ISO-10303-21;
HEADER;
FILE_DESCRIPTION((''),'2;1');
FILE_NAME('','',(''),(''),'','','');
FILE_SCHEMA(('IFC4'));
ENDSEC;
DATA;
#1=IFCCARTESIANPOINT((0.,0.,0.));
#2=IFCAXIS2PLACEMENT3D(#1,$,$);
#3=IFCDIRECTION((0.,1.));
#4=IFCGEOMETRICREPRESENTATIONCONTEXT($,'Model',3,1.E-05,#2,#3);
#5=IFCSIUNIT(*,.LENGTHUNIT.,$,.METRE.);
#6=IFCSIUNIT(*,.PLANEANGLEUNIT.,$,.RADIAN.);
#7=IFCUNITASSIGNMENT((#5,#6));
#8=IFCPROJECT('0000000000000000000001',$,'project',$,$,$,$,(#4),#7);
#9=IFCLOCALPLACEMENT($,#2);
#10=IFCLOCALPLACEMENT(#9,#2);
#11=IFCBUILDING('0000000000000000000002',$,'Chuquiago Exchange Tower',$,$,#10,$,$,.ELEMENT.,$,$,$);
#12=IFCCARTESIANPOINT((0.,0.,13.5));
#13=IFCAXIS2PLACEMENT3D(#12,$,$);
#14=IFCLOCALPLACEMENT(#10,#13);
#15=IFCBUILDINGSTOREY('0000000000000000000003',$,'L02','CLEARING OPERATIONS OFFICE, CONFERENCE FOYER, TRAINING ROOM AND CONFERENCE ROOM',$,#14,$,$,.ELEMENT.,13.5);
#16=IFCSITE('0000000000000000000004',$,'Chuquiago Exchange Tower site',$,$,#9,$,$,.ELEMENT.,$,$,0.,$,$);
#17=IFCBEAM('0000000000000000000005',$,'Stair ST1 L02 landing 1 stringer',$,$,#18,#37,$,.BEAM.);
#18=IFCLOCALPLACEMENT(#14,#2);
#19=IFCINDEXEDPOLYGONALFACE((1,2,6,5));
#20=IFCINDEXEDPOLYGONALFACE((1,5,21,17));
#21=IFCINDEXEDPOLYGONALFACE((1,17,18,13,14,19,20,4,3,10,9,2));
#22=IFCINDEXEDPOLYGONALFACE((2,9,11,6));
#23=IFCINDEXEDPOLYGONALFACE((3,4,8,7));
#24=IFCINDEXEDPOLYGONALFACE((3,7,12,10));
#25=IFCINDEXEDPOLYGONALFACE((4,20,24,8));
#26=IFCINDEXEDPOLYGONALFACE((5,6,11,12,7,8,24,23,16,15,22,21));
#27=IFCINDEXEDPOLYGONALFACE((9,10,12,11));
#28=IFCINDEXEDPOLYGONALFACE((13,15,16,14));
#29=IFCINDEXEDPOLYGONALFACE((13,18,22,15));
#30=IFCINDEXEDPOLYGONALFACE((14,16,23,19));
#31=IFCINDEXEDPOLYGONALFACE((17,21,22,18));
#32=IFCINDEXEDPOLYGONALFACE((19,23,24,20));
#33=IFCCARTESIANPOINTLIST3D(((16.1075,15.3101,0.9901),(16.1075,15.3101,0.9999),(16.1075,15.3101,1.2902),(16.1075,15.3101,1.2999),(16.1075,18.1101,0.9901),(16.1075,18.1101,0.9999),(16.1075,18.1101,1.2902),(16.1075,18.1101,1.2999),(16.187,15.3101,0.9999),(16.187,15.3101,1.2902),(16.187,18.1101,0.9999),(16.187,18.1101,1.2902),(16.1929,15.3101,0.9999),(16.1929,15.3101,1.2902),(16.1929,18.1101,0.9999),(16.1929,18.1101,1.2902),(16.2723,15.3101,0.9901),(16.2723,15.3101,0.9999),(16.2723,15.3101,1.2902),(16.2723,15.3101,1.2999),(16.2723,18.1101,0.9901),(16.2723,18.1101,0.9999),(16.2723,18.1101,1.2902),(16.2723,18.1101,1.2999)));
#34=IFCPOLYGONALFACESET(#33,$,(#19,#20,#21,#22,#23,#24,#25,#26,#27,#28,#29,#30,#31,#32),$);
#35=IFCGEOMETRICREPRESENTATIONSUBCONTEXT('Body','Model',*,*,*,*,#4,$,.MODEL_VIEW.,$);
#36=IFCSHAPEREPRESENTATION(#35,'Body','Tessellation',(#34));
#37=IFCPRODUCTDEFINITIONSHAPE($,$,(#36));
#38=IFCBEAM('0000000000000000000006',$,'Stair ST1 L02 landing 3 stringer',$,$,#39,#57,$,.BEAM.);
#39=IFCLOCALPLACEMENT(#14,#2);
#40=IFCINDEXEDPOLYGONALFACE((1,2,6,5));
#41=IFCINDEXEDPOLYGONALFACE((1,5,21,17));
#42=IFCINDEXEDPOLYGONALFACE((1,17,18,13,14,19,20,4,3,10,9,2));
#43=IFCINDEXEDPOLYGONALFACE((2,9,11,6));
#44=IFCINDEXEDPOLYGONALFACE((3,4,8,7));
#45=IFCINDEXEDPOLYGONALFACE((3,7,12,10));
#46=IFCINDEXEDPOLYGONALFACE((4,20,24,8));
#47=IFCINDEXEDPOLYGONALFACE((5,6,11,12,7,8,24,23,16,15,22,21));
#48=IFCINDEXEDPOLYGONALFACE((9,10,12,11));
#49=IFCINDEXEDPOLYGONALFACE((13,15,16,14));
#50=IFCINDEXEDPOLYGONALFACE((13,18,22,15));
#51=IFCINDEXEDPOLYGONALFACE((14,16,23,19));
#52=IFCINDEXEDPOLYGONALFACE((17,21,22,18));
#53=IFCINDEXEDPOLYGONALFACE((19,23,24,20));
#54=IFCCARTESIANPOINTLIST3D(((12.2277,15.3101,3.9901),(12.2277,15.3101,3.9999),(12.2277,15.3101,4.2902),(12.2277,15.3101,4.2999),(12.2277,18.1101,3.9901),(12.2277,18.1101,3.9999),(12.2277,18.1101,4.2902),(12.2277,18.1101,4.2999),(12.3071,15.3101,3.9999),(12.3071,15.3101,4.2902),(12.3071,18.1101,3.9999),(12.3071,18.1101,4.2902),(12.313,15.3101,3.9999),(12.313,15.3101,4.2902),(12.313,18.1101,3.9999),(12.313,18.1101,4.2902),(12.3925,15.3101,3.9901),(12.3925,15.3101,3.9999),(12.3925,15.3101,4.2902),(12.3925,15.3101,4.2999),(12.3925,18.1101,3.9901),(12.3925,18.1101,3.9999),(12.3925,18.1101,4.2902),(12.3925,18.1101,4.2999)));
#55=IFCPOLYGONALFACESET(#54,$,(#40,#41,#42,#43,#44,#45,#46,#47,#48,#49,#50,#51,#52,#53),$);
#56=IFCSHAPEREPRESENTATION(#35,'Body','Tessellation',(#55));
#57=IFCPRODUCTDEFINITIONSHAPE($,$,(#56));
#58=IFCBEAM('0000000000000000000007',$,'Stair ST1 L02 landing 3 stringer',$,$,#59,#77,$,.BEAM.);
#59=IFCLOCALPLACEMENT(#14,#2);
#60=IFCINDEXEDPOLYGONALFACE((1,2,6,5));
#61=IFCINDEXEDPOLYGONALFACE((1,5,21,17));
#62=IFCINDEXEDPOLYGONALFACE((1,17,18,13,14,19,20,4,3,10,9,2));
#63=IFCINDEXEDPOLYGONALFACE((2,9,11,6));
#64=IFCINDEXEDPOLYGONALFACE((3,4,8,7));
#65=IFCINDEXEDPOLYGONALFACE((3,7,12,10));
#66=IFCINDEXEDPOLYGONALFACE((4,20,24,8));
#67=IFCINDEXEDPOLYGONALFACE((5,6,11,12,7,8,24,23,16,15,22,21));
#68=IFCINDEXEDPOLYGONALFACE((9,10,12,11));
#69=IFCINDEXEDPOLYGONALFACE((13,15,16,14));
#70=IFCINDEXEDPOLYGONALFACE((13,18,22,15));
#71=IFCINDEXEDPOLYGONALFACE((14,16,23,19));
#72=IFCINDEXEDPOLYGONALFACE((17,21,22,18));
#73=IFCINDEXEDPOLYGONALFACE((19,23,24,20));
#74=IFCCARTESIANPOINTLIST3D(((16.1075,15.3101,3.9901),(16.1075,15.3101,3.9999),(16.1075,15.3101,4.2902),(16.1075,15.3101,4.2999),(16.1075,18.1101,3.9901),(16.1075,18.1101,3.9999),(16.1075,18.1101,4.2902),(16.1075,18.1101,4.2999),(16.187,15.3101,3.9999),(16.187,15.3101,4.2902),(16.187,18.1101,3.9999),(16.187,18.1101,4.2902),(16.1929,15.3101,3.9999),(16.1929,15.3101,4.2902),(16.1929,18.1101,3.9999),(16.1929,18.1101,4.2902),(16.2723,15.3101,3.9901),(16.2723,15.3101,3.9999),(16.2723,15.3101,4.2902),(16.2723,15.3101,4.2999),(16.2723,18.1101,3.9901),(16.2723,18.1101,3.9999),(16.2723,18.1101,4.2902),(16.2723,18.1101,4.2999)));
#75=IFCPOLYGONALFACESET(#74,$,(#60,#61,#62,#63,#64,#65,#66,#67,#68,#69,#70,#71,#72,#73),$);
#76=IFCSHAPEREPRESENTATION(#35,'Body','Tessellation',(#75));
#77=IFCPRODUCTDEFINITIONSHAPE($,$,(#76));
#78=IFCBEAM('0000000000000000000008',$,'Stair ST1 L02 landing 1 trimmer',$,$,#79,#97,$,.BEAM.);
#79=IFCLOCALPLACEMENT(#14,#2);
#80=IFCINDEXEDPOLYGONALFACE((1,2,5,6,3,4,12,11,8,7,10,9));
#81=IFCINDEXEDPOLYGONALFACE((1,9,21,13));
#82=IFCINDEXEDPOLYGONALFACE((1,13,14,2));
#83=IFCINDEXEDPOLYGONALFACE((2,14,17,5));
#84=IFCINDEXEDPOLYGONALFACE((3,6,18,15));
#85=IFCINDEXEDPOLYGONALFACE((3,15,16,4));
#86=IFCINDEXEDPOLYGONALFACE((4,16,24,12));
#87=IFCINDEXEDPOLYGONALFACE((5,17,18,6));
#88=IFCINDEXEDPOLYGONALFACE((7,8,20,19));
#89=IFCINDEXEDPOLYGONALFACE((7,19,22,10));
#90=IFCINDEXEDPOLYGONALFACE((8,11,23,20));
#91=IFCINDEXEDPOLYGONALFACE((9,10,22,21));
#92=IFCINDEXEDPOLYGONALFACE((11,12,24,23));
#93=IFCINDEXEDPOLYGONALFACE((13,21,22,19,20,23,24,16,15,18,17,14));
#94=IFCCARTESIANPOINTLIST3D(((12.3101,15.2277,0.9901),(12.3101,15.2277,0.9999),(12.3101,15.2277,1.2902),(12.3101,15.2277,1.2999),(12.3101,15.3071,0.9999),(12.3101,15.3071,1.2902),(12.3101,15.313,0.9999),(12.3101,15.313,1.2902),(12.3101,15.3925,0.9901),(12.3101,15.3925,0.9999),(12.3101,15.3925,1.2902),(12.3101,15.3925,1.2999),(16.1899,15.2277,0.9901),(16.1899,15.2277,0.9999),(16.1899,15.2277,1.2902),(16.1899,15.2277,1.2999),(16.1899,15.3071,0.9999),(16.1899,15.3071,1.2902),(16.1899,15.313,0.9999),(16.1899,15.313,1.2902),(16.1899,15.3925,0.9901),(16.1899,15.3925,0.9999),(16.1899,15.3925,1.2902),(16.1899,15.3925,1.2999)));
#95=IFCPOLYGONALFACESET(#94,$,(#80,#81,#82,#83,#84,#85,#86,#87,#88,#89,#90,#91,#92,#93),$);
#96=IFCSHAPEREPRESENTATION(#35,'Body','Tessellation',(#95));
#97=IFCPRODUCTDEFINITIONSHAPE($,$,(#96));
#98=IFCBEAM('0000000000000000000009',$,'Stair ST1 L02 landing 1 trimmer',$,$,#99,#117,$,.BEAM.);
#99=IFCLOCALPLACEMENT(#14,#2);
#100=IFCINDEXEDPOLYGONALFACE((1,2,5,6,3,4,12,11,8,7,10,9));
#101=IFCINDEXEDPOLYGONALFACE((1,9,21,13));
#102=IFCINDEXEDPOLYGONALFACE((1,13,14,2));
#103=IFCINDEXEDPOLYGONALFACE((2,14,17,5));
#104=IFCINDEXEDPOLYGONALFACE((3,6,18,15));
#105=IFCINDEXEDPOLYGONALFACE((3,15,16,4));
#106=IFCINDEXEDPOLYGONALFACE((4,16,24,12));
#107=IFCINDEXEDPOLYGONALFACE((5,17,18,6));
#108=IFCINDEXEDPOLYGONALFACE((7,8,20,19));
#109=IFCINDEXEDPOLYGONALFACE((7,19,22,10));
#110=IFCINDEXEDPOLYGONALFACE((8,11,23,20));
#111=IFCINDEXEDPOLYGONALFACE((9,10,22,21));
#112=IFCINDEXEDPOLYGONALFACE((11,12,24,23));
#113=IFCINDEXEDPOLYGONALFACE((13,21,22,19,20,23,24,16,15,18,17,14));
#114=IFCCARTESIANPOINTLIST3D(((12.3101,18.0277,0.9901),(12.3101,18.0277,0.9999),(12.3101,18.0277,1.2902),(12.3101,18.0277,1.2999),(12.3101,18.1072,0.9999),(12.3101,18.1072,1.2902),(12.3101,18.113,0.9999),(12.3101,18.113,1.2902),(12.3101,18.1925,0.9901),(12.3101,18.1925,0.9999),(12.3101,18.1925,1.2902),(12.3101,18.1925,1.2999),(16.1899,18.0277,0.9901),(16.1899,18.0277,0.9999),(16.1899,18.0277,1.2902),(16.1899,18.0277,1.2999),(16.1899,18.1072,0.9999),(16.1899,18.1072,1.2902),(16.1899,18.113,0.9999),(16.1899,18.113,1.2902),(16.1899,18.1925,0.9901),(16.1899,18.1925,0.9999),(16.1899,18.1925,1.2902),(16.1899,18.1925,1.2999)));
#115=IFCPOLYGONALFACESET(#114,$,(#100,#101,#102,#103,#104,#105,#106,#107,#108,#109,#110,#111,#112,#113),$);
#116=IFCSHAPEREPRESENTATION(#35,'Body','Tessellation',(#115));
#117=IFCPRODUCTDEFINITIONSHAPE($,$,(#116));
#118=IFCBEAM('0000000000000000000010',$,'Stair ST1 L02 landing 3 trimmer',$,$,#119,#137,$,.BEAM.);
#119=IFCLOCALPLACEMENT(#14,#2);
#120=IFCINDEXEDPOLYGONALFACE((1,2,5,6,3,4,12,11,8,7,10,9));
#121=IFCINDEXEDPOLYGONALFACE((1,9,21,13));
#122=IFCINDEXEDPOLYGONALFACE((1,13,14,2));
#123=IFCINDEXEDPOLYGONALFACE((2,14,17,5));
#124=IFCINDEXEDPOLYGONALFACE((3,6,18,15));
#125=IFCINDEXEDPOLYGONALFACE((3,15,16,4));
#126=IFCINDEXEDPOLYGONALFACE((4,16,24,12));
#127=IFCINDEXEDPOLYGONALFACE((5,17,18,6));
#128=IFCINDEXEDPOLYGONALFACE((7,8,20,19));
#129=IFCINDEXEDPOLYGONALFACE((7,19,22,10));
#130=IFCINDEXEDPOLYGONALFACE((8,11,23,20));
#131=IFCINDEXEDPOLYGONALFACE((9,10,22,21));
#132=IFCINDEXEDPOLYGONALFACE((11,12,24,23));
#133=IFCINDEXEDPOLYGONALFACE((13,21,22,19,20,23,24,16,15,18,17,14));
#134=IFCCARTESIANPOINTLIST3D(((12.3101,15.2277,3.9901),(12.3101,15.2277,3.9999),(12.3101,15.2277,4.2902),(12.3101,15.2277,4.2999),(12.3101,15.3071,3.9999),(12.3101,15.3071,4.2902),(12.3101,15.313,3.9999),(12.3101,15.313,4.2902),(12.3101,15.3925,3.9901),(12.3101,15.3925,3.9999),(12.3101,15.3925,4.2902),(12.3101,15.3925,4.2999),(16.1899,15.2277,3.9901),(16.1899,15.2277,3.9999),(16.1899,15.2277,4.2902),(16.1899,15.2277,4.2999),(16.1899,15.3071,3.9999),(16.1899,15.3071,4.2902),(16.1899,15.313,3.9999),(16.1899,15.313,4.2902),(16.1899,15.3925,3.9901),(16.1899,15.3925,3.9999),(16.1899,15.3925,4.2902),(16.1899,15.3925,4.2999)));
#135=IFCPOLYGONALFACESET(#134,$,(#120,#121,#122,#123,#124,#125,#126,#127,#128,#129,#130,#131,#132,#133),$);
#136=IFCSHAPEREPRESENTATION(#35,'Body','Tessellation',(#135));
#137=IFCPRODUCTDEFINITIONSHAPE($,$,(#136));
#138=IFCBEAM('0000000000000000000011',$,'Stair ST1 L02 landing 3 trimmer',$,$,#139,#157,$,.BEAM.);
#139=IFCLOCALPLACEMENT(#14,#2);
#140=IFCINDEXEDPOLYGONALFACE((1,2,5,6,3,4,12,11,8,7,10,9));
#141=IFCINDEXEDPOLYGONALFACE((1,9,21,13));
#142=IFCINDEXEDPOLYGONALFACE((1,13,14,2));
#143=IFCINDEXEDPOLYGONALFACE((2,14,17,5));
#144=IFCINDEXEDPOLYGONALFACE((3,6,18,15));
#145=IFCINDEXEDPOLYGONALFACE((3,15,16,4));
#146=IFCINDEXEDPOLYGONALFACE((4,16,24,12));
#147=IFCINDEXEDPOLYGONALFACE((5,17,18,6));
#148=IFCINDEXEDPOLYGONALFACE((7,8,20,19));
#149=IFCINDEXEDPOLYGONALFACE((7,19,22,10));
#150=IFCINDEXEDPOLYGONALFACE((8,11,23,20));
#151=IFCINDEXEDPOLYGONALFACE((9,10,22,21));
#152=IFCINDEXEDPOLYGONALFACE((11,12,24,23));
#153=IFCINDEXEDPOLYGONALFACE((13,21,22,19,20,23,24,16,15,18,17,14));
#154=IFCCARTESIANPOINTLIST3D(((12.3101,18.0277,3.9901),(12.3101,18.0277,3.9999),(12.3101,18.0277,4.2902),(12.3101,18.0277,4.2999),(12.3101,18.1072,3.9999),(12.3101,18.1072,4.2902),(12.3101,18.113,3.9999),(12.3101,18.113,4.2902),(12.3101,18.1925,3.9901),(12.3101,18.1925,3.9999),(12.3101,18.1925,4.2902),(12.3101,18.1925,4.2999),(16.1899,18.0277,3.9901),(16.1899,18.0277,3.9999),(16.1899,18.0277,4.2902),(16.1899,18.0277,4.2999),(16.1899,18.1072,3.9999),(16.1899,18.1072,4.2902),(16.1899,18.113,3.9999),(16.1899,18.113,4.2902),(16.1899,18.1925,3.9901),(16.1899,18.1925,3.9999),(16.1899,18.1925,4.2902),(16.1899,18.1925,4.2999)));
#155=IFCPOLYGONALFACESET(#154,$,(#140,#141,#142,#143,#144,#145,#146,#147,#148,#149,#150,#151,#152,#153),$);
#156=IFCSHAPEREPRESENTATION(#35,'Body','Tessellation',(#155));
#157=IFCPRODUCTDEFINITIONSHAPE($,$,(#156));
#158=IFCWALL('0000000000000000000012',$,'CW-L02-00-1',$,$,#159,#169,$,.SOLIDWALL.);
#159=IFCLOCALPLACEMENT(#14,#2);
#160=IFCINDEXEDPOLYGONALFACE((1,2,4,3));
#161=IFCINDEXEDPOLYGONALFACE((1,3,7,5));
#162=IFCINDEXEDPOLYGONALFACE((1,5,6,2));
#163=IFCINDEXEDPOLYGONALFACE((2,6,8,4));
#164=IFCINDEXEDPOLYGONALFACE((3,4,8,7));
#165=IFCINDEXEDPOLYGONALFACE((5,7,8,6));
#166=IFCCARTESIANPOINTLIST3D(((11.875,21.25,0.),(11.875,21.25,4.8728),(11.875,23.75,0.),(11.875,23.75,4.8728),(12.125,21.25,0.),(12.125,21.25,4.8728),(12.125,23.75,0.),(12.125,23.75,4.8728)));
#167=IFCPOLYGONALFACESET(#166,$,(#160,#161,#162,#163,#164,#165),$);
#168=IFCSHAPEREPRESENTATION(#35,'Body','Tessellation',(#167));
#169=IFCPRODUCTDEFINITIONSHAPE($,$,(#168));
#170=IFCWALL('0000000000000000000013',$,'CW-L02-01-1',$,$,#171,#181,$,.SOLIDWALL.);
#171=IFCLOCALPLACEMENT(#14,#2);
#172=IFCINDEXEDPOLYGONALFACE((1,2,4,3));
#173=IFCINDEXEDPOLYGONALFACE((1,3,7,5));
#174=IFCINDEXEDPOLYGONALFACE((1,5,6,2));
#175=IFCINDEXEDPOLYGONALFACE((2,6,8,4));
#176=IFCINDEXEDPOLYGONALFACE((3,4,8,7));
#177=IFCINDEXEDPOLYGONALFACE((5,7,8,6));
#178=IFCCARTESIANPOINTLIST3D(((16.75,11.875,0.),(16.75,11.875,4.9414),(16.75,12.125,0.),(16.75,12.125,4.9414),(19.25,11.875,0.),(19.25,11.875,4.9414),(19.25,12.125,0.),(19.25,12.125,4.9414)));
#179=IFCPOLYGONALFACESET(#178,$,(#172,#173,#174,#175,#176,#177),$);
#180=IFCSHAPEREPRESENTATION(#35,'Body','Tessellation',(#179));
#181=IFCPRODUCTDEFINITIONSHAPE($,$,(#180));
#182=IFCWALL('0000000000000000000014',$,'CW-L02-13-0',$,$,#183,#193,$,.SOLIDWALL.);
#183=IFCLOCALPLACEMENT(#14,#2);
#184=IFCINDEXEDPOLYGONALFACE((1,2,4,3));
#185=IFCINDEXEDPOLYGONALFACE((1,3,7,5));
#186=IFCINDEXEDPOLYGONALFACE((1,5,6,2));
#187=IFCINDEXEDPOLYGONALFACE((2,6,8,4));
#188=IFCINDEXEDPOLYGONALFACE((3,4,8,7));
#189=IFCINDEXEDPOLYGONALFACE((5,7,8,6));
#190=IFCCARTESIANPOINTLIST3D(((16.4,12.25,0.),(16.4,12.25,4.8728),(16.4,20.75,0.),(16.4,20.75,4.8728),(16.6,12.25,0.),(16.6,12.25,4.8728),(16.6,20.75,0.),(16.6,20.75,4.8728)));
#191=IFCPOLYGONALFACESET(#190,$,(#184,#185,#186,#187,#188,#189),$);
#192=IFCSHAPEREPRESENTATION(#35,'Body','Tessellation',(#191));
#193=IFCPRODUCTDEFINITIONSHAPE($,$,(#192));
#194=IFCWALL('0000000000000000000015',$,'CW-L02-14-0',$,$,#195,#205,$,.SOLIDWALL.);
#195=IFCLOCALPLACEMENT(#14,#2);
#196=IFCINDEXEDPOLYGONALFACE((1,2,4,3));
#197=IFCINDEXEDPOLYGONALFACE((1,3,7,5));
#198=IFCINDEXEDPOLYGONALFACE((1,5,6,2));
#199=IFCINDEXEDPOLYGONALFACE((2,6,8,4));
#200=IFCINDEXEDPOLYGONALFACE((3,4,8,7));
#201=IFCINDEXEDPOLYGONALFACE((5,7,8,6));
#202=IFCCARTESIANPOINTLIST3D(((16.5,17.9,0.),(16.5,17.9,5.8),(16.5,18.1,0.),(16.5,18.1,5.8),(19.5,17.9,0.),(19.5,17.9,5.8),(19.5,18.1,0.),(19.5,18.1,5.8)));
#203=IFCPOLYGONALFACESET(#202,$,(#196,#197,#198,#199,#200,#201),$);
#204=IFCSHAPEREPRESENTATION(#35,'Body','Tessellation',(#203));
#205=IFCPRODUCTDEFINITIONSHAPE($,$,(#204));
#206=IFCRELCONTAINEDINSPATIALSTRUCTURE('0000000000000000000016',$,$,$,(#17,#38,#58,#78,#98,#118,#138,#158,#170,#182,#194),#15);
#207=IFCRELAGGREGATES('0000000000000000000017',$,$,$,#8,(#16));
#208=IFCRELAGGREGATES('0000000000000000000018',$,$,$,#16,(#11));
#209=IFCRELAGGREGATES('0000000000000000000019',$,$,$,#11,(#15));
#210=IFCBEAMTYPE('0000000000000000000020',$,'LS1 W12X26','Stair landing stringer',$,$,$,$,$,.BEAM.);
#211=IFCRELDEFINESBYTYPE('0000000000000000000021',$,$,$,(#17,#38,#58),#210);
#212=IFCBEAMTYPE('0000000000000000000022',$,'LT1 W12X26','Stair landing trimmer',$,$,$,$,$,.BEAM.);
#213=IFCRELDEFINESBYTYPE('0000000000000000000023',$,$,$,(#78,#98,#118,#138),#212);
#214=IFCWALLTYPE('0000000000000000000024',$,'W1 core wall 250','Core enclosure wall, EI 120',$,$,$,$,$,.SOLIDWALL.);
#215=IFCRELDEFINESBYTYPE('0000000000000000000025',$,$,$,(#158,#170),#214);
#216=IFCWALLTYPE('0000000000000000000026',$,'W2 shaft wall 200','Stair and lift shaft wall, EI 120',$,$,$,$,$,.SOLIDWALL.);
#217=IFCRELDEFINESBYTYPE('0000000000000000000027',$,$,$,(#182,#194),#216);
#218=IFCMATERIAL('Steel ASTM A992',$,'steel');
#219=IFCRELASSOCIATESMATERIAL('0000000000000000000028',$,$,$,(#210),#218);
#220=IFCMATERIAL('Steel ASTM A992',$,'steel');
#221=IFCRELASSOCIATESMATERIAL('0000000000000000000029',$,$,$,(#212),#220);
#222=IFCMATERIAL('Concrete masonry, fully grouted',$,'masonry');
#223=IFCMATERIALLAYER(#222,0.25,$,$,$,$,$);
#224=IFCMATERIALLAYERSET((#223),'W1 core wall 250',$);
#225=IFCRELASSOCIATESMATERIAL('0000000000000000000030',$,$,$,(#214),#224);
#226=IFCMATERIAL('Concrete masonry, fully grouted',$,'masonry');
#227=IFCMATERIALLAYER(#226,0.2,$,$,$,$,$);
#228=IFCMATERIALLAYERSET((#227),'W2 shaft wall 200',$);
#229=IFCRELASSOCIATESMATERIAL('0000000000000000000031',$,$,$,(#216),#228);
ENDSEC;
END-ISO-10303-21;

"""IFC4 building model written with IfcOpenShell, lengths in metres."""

from ifc_helpers import new_model, si_unit, direction, frame, frame_2d, origin, origin_2d, place, context, subcontext, project, spatial, rectangle, i_section, extrude, material, layer, layer_set, material_profile, profile_set, type_object, element, save


model = new_model("IFC4")

# Units and contexts
model_context = context("Model", 3, precision=1e-05, world=origin(), true_north=direction((0.0, 1.0)))
body_context = subcontext(model_context, "Body", "Model", "MODEL_VIEW")
ifc_project = project(units=[si_unit("LENGTHUNIT", "METRE"), si_unit("PLANEANGLEUNIT", "RADIAN")], contexts=[model_context])

# Site, building, storey
site_placement = place(None, origin())
site = spatial("IfcSite", under=ifc_project, at=site_placement, Name="Chuquiago Exchange Tower site", CompositionType="ELEMENT", RefElevation=0.0)
building_placement = place(site_placement, origin())
building = spatial("IfcBuilding", under=site, at=building_placement, Name="Chuquiago Exchange Tower", CompositionType="ELEMENT")
storey_placement = place(building_placement, frame((0.0, 0.0, 13.5)))
storey = spatial("IfcBuildingStorey", under=building, at=storey_placement, Name="L02", Description="CLEARING OPERATIONS OFFICE, CONFERENCE FOYER, TRAINING ROOM AND CONFERENCE ROOM", CompositionType="ELEMENT", Elevation=13.5)

# Beams
ifc_material_1 = material(Name="Steel ASTM A992", Category="steel")
ifc_material_profile_1 = material_profile(ifc_material_1, i_section(OverallWidth=0.1648, OverallDepth=0.3098, WebThickness=0.0059, FlangeThickness=0.0098, at=origin_2d()), Name="W12X26")
ifc_profile_set_1 = profile_set([ifc_material_profile_1], Name="Steel ASTM A992")
beam_type_1 = type_object("IfcBeamType", Name="LS1 W12X26", Description="Stair landing stringer", PredefinedType="BEAM", material=ifc_profile_set_1)
for number, where, z_axis, x_axis, name in (
    (1, (16.1899, 15.3101, 1.145), (0.0, 1.0, 0.0), (-1.0, 0.0, 0.0), "Stair ST1 L02 landing 1 stringer"),
    (2, (12.3101, 15.3101, 4.145), (0.0, 1.0, 0.0), (-1.0, 0.0, 0.0), "Stair ST1 L02 landing 3 stringer"),
    (3, (16.1899, 15.3101, 4.145), (0.0, 1.0, 0.0), (-1.0, 0.0, 0.0), "Stair ST1 L02 landing 3 stringer"),
):
    element("IfcBeam", number, at=place(storey_placement, frame(where, z_axis=z_axis, x_axis=x_axis)), inside=storey, type_object=beam_type_1, Name=name, PredefinedType="BEAM", context=body_context, shape_type="SweptSolid", body=[
        extrude(i_section(OverallWidth=0.1648, OverallDepth=0.3098, WebThickness=0.0059, FlangeThickness=0.0098, at=origin_2d()), origin(), (0.0, 0.0, 1.0), 2.8),
    ])
ifc_material_2 = material(Name="Steel ASTM A992", Category="steel")
ifc_material_profile_2 = material_profile(ifc_material_2, i_section(OverallWidth=0.1648, OverallDepth=0.3098, WebThickness=0.0059, FlangeThickness=0.0098, at=origin_2d()), Name="W12X26")
ifc_profile_set_2 = profile_set([ifc_material_profile_2], Name="Steel ASTM A992")
beam_type_2 = type_object("IfcBeamType", Name="LT1 W12X26", Description="Stair landing trimmer", PredefinedType="BEAM", material=ifc_profile_set_2)
for number, where, z_axis, x_axis, name in (
    (4, (12.3101, 15.3101, 1.145), (1.0, 0.0, 0.0), (0.0, 1.0, 0.0), "Stair ST1 L02 landing 1 trimmer"),
    (5, (12.3101, 18.1101, 1.145), (1.0, 0.0, 0.0), (0.0, 1.0, 0.0), "Stair ST1 L02 landing 1 trimmer"),
    (6, (12.3101, 15.3101, 4.145), (1.0, 0.0, 0.0), (0.0, 1.0, 0.0), "Stair ST1 L02 landing 3 trimmer"),
    (7, (12.3101, 18.1101, 4.145), (1.0, 0.0, 0.0), (0.0, 1.0, 0.0), "Stair ST1 L02 landing 3 trimmer"),
):
    element("IfcBeam", number, at=place(storey_placement, frame(where, z_axis=z_axis, x_axis=x_axis)), inside=storey, type_object=beam_type_2, Name=name, PredefinedType="BEAM", context=body_context, shape_type="SweptSolid", body=[
        extrude(i_section(OverallWidth=0.1648, OverallDepth=0.3098, WebThickness=0.0059, FlangeThickness=0.0098, at=origin_2d()), origin(), (0.0, 0.0, 1.0), 3.8799),
    ])

# Walls
ifc_material_3 = material(Name="Concrete masonry, fully grouted", Category="masonry")
ifc_layer_1 = layer(ifc_material_3, 0.25)
ifc_layer_set_1 = layer_set([ifc_layer_1], Name="W1 core wall 250")
wall_type_1 = type_object("IfcWallType", Name="W1 core wall 250", Description="Core enclosure wall, EI 120", PredefinedType="SOLIDWALL", material=ifc_layer_set_1)
wall_1_placement = place(storey_placement, frame((12.0, 21.25, 0.0), z_axis=(0.0, 0.0, 1.0), x_axis=(0.0, 1.0, 0.0)))
element("IfcWall", 8, at=wall_1_placement, inside=storey, type_object=wall_type_1, Name="CW-L02-00-1", PredefinedType="SOLIDWALL", context=body_context, shape_type="SweptSolid", body=[
    extrude(rectangle(XDim=2.5, YDim=0.25, at=frame_2d((1.25, 0.0))), origin(), (0.0, 0.0, 1.0), 4.8728),
])
wall_2_placement = place(storey_placement, frame((16.75, 12.0, 0.0), z_axis=(0.0, 0.0, 1.0), x_axis=(1.0, 0.0, 0.0)))
element("IfcWall", 9, at=wall_2_placement, inside=storey, type_object=wall_type_1, Name="CW-L02-01-1", PredefinedType="SOLIDWALL", context=body_context, shape_type="SweptSolid", body=[
    extrude(rectangle(XDim=2.5, YDim=0.25, at=frame_2d((1.25, 0.0))), origin(), (0.0, 0.0, 1.0), 4.9414),
])
ifc_material_4 = material(Name="Concrete masonry, fully grouted", Category="masonry")
ifc_layer_2 = layer(ifc_material_4, 0.2)
ifc_layer_set_2 = layer_set([ifc_layer_2], Name="W2 shaft wall 200")
wall_type_2 = type_object("IfcWallType", Name="W2 shaft wall 200", Description="Stair and lift shaft wall, EI 120", PredefinedType="SOLIDWALL", material=ifc_layer_set_2)
wall_3_placement = place(storey_placement, frame((16.5, 12.25, 0.0), z_axis=(0.0, 0.0, 1.0), x_axis=(0.0, 1.0, 0.0)))
element("IfcWall", 10, at=wall_3_placement, inside=storey, type_object=wall_type_2, Name="CW-L02-13-0", PredefinedType="SOLIDWALL", context=body_context, shape_type="SweptSolid", body=[
    extrude(rectangle(XDim=8.5, YDim=0.2, at=frame_2d((4.25, 0.0))), origin(), (0.0, 0.0, 1.0), 4.8728),
])
wall_4_placement = place(storey_placement, frame((16.5, 18.0, 0.0), z_axis=(0.0, 0.0, 1.0), x_axis=(1.0, 0.0, 0.0)))
element("IfcWall", 11, at=wall_4_placement, inside=storey, type_object=wall_type_2, Name="CW-L02-14-0", PredefinedType="SOLIDWALL", context=body_context, shape_type="SweptSolid", body=[
    extrude(rectangle(XDim=3.0, YDim=0.2, at=frame_2d((1.5, 0.0))), origin(), (0.0, 0.0, 1.0), 5.8),
])

save(model, "model.ifc")
